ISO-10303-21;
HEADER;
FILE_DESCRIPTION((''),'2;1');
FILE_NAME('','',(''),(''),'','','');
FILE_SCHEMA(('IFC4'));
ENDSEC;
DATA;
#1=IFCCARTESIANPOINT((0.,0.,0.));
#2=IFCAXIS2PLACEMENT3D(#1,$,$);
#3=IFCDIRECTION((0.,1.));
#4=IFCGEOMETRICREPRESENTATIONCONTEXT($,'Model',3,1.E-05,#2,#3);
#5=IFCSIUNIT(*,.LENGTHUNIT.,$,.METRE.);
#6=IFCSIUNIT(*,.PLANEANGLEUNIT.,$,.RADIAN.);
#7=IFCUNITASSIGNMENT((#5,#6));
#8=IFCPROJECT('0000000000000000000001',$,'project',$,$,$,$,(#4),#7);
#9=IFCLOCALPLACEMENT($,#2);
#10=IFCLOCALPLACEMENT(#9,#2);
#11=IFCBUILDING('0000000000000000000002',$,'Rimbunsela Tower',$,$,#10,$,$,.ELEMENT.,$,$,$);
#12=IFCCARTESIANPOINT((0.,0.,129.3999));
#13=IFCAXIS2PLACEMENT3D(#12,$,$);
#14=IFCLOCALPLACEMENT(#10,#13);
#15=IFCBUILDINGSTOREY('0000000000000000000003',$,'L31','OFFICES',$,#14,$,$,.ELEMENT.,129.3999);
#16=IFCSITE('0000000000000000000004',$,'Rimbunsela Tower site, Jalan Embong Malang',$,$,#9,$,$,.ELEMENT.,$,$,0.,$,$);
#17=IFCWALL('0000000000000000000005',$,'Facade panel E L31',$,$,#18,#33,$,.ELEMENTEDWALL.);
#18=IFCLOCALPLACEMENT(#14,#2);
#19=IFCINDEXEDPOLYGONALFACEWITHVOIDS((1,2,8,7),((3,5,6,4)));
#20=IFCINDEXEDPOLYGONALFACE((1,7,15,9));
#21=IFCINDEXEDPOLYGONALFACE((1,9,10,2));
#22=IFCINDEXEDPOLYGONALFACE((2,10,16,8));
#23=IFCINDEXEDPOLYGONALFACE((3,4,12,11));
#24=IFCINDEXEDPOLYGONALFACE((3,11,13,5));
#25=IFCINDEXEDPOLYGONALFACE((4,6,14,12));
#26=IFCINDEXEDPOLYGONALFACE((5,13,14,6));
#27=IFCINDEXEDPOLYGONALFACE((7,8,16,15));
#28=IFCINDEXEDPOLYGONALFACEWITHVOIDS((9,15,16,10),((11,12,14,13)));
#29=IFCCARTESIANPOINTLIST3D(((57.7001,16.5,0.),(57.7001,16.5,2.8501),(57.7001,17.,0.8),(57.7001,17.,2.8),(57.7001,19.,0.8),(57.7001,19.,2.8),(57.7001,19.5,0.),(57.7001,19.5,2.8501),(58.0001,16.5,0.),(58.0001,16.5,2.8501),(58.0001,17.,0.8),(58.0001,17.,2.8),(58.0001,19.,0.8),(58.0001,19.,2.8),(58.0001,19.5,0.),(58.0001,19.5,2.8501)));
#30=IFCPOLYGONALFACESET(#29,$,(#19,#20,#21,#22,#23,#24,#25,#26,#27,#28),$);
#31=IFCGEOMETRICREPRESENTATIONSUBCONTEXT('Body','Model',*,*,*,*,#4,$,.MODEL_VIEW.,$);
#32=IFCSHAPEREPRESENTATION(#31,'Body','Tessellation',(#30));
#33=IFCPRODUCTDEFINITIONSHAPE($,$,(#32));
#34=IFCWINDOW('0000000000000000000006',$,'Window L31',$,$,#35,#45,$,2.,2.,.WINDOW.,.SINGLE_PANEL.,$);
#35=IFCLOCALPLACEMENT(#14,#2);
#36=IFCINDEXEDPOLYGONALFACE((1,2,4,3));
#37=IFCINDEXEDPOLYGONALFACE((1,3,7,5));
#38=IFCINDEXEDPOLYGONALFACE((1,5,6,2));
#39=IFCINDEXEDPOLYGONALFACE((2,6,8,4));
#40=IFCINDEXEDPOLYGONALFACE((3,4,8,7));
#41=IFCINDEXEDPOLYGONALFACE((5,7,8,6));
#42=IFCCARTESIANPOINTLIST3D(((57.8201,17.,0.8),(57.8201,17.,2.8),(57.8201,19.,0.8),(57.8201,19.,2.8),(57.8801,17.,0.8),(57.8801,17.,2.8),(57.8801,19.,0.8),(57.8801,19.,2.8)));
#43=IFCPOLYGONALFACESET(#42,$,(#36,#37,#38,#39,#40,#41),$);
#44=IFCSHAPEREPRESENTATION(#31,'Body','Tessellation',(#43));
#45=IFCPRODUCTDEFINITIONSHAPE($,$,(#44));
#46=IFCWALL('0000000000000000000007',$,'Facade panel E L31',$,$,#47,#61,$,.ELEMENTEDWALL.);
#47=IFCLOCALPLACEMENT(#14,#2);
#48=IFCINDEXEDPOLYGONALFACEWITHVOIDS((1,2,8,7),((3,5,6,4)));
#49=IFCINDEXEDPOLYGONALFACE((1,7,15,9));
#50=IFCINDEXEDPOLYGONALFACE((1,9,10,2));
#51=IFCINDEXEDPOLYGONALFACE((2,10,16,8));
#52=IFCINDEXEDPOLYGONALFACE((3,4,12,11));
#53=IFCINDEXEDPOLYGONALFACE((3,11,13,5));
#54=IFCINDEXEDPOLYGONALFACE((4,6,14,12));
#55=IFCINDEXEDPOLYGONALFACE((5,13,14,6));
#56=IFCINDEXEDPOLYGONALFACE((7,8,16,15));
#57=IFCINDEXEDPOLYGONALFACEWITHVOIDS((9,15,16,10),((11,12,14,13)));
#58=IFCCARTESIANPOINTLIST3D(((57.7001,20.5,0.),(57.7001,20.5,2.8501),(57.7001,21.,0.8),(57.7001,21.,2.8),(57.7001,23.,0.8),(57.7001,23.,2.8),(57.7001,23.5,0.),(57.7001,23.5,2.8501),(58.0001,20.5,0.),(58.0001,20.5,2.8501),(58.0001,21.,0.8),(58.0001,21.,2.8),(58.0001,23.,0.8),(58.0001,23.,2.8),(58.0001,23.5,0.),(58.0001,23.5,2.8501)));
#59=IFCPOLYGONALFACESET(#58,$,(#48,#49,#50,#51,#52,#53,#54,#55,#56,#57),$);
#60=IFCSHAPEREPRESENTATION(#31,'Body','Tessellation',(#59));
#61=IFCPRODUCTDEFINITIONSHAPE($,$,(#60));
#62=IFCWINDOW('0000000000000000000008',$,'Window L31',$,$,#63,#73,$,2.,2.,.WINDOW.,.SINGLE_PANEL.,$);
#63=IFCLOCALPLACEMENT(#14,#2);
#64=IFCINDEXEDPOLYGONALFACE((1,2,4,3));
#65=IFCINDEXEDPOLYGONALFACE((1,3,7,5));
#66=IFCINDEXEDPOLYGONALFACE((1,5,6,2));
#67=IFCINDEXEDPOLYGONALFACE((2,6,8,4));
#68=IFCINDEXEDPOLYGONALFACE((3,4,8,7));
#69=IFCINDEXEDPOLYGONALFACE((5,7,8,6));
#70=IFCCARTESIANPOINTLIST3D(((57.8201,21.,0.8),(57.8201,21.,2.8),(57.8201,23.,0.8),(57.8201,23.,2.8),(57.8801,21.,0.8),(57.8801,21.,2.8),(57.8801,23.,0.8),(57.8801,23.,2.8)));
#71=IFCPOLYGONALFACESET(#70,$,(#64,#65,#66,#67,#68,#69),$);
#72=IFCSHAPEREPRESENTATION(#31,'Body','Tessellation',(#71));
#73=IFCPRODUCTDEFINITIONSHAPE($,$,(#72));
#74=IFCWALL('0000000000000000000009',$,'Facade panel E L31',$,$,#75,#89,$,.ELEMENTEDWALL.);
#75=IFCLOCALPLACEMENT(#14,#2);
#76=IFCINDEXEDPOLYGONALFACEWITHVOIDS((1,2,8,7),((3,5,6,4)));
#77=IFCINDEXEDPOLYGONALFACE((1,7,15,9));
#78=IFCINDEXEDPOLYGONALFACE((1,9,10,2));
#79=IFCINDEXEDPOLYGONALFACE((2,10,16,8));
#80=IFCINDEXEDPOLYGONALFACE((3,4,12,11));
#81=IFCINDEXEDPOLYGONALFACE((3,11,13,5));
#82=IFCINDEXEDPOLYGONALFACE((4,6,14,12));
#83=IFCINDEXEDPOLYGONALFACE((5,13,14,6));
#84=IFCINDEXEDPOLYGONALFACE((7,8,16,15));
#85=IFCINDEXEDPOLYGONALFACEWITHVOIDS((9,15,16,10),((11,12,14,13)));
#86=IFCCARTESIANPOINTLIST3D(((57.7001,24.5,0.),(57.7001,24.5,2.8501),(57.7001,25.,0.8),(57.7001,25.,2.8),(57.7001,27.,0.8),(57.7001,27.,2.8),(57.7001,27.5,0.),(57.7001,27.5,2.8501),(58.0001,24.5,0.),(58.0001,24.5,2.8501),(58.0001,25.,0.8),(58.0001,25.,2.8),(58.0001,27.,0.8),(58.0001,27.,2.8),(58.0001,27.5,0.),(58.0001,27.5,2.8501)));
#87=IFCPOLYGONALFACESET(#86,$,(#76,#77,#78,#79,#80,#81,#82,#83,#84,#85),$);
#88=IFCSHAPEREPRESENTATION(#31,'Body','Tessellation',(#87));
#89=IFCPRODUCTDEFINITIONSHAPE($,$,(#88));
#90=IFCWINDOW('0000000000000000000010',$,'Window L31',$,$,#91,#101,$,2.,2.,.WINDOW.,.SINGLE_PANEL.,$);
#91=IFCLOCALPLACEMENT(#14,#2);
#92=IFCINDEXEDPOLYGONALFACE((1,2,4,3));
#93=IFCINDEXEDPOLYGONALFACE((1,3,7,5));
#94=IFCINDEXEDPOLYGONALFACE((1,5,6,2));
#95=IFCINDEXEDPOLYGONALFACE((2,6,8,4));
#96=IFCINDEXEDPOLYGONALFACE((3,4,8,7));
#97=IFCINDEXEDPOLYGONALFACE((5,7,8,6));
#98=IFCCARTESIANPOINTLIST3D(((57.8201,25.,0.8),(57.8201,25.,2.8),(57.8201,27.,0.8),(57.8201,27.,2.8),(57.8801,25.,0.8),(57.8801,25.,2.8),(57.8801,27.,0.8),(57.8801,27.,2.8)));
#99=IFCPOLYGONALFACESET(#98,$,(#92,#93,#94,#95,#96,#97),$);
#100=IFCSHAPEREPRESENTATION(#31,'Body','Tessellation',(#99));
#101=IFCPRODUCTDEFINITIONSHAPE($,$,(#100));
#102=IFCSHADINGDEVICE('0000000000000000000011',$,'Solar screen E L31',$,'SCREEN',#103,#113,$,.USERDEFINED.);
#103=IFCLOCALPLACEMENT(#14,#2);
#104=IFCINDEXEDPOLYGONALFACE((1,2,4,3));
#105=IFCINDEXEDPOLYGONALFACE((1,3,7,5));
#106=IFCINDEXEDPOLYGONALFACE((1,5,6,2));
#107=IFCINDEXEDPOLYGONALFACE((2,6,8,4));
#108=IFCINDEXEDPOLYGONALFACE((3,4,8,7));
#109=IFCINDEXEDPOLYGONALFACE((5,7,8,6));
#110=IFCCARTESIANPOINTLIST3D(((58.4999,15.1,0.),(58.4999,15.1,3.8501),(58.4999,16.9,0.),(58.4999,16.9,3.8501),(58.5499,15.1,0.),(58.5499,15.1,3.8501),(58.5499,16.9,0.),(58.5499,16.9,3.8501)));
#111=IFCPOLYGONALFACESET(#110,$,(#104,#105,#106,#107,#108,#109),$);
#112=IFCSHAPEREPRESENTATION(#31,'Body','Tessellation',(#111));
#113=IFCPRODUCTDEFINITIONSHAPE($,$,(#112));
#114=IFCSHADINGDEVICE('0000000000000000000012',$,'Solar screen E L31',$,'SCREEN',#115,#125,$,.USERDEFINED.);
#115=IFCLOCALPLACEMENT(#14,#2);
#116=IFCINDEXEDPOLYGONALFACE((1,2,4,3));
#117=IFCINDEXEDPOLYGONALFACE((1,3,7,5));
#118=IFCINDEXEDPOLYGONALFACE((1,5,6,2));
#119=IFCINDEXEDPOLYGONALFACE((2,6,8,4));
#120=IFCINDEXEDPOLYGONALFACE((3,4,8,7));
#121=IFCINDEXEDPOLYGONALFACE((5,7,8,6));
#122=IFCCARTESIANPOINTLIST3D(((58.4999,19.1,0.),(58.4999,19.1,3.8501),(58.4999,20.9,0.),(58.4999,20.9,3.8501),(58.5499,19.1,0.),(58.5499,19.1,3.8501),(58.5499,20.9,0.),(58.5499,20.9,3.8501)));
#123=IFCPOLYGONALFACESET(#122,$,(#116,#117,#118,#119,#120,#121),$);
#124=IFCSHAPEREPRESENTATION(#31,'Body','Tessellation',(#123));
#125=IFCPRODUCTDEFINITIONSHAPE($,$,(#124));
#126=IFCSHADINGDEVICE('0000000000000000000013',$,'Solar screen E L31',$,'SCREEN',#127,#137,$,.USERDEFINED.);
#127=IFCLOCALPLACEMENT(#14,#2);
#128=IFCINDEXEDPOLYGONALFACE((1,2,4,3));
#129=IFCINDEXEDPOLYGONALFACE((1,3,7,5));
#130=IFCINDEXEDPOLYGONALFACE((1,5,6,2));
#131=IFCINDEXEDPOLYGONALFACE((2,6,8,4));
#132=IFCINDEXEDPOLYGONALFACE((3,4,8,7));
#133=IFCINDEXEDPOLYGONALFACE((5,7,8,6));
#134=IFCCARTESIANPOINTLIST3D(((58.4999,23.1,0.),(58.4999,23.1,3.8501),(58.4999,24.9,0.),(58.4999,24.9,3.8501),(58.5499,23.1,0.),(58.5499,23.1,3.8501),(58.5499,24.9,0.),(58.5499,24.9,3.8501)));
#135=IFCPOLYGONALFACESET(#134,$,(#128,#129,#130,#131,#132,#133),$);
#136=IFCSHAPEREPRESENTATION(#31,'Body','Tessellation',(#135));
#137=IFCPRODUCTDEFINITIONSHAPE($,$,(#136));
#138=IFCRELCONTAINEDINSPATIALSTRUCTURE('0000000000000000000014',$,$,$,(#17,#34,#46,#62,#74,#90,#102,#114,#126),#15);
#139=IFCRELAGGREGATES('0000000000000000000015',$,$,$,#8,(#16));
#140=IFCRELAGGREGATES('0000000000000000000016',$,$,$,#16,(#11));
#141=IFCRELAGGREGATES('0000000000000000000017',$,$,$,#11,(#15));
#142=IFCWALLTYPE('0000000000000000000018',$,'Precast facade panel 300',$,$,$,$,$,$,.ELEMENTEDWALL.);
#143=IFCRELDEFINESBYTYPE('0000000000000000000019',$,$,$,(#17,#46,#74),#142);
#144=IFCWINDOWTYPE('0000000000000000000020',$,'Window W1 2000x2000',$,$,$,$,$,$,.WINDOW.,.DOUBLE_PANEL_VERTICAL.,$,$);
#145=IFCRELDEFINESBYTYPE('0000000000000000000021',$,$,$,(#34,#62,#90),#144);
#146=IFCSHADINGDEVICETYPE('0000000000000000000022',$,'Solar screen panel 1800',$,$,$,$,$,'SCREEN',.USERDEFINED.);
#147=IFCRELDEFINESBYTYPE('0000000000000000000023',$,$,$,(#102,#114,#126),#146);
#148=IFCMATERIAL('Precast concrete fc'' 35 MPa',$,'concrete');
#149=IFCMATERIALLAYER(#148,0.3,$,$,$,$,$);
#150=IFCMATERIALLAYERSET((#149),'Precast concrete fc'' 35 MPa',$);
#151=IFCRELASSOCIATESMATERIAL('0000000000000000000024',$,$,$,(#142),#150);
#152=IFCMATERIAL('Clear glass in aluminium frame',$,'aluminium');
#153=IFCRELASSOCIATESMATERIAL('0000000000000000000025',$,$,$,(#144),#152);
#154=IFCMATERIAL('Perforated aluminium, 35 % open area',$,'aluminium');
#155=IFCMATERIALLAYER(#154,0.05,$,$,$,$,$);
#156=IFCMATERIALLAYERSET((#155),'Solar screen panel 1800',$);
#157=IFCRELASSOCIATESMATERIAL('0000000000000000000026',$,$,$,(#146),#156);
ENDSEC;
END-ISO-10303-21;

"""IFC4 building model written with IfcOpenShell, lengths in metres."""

from ifc_helpers import new_model, si_unit, direction, frame, frame_2d, origin, origin_2d, place, context, subcontext, project, spatial, rectangle, extrude, material, layer, layer_set, type_object, element, fill, save


model = new_model("IFC4")

# Units and contexts
model_context = context("Model", 3, precision=1e-05, world=origin(), true_north=direction((0.0, 1.0)))
body_context = subcontext(model_context, "Body", "Model", "MODEL_VIEW")
ifc_project = project(units=[si_unit("LENGTHUNIT", "METRE"), si_unit("PLANEANGLEUNIT", "RADIAN")], contexts=[model_context])

# Site, building, storey
site_placement = place(None, origin())
site = spatial("IfcSite", under=ifc_project, at=site_placement, Name="Rimbunsela Tower site, Jalan Embong Malang", CompositionType="ELEMENT", RefElevation=0.0)
building_placement = place(site_placement, origin())
building = spatial("IfcBuilding", under=site, at=building_placement, Name="Rimbunsela Tower", CompositionType="ELEMENT")
storey_placement = place(building_placement, frame((0.0, 0.0, 129.3999)))
storey = spatial("IfcBuildingStorey", under=building, at=storey_placement, Name="L31", Description="OFFICES", CompositionType="ELEMENT", Elevation=129.3999)

# Walls, openings, windows
ifc_material_1 = material(Name="Precast concrete fc' 35 MPa", Category="concrete")
ifc_layer_1 = layer(ifc_material_1, 0.3)
ifc_layer_set_1 = layer_set([ifc_layer_1], Name="Precast concrete fc' 35 MPa")
wall_type_1 = type_object("IfcWallType", Name="Precast facade panel 300", PredefinedType="ELEMENTEDWALL", material=ifc_layer_set_1)
wall_1_placement = place(storey_placement, frame((57.8501, 16.5, 0.0), z_axis=(0.0, 0.0, 1.0), x_axis=(0.0, 1.0, 0.0)))
wall_1 = element("IfcWall", 1, at=wall_1_placement, inside=storey, type_object=wall_type_1, Name="Facade panel E L31", PredefinedType="ELEMENTEDWALL", context=body_context, shape_type="SweptSolid", body=[
    extrude(rectangle(XDim=3.0, YDim=0.3, at=frame_2d((1.5, 0.0))), origin(), (0.0, 0.0, 1.0), 2.8501),
])
opening_1_placement = place(wall_1_placement, frame((0.5, 0.0, 0.8)))
opening_1 = element("IfcOpeningElement", 2, at=opening_1_placement, cuts=wall_1, PredefinedType="OPENING", context=body_context, shape_type="SweptSolid", body=[
    extrude(rectangle(XDim=2.0, YDim=2.0, at=frame_2d((1.0, 1.0))), frame((0.0, 0.1599, 0.0), z_axis=(0.0, -1.0, 0.0), x_axis=(1.0, 0.0, 0.0)), (0.0, 0.0, 1.0), 0.3201),
])
ifc_material_2 = material(Name="Clear glass in aluminium frame", Category="aluminium")
window_type = type_object("IfcWindowType", Name="Window W1 2000x2000", PartitioningType="DOUBLE_PANEL_VERTICAL", PredefinedType="WINDOW", material=ifc_material_2)
window_1_placement = place(opening_1_placement, origin())
window_1 = element("IfcWindow", 3, at=window_1_placement, inside=storey, type_object=window_type, Name="Window L31", OverallHeight=2.0, OverallWidth=2.0, PartitioningType="SINGLE_PANEL", PredefinedType="WINDOW", context=body_context, shape_type="SweptSolid", body=[
    extrude(rectangle(XDim=2.0, YDim=2.0, at=frame_2d((1.0, 1.0))), frame((0.0, 0.03, 0.0), z_axis=(0.0, -1.0, 0.0), x_axis=(1.0, 0.0, 0.0)), (0.0, 0.0, 1.0), 0.0601),
])
fill(opening_1, window_1)
wall_2_placement = place(storey_placement, frame((57.8501, 20.5, 0.0), z_axis=(0.0, 0.0, 1.0), x_axis=(0.0, 1.0, 0.0)))
wall_2 = element("IfcWall", 4, at=wall_2_placement, inside=storey, type_object=wall_type_1, Name="Facade panel E L31", PredefinedType="ELEMENTEDWALL", context=body_context, shape_type="SweptSolid", body=[
    extrude(rectangle(XDim=3.0, YDim=0.3, at=frame_2d((1.5, 0.0))), origin(), (0.0, 0.0, 1.0), 2.8501),
])
opening_2_placement = place(wall_2_placement, frame((0.5, 0.0, 0.8)))
opening_2 = element("IfcOpeningElement", 5, at=opening_2_placement, cuts=wall_2, PredefinedType="OPENING", context=body_context, shape_type="SweptSolid", body=[
    extrude(rectangle(XDim=2.0, YDim=2.0, at=frame_2d((1.0, 1.0))), frame((0.0, 0.1599, 0.0), z_axis=(0.0, -1.0, 0.0), x_axis=(1.0, 0.0, 0.0)), (0.0, 0.0, 1.0), 0.3201),
])
window_2_placement = place(opening_2_placement, origin())
window_2 = element("IfcWindow", 6, at=window_2_placement, inside=storey, type_object=window_type, Name="Window L31", OverallHeight=2.0, OverallWidth=2.0, PartitioningType="SINGLE_PANEL", PredefinedType="WINDOW", context=body_context, shape_type="SweptSolid", body=[
    extrude(rectangle(XDim=2.0, YDim=2.0, at=frame_2d((1.0, 1.0))), frame((0.0, 0.03, 0.0), z_axis=(0.0, -1.0, 0.0), x_axis=(1.0, 0.0, 0.0)), (0.0, 0.0, 1.0), 0.0601),
])
fill(opening_2, window_2)
wall_3_placement = place(storey_placement, frame((57.8501, 24.5, 0.0), z_axis=(0.0, 0.0, 1.0), x_axis=(0.0, 1.0, 0.0)))
wall_3 = element("IfcWall", 7, at=wall_3_placement, inside=storey, type_object=wall_type_1, Name="Facade panel E L31", PredefinedType="ELEMENTEDWALL", context=body_context, shape_type="SweptSolid", body=[
    extrude(rectangle(XDim=3.0, YDim=0.3, at=frame_2d((1.5, 0.0))), origin(), (0.0, 0.0, 1.0), 2.8501),
])
opening_3_placement = place(wall_3_placement, frame((0.5, 0.0, 0.8)))
opening_3 = element("IfcOpeningElement", 8, at=opening_3_placement, cuts=wall_3, PredefinedType="OPENING", context=body_context, shape_type="SweptSolid", body=[
    extrude(rectangle(XDim=2.0, YDim=2.0, at=frame_2d((1.0, 1.0))), frame((0.0, 0.1599, 0.0), z_axis=(0.0, -1.0, 0.0), x_axis=(1.0, 0.0, 0.0)), (0.0, 0.0, 1.0), 0.3201),
])
window_3_placement = place(opening_3_placement, origin())
window_3 = element("IfcWindow", 9, at=window_3_placement, inside=storey, type_object=window_type, Name="Window L31", OverallHeight=2.0, OverallWidth=2.0, PartitioningType="SINGLE_PANEL", PredefinedType="WINDOW", context=body_context, shape_type="SweptSolid", body=[
    extrude(rectangle(XDim=2.0, YDim=2.0, at=frame_2d((1.0, 1.0))), frame((0.0, 0.03, 0.0), z_axis=(0.0, -1.0, 0.0), x_axis=(1.0, 0.0, 0.0)), (0.0, 0.0, 1.0), 0.0601),
])
fill(opening_3, window_3)

# Shading devices
ifc_material_3 = material(Name="Perforated aluminium, 35 % open area", Category="aluminium")
ifc_layer_2 = layer(ifc_material_3, 0.05)
ifc_layer_set_2 = layer_set([ifc_layer_2], Name="Solar screen panel 1800")
shading_device_type = type_object("IfcShadingDeviceType", Name="Solar screen panel 1800", ElementType="SCREEN", PredefinedType="USERDEFINED", material=ifc_layer_set_2)
for number, where, z_axis, x_axis, name in (
    (10, (58.5249, 16.0, 0.0), (0.0, 0.0, 1.0), (0.0, 1.0, 0.0), "Solar screen E L31"),
    (11, (58.5249, 20.0, 0.0), (0.0, 0.0, 1.0), (0.0, 1.0, 0.0), "Solar screen E L31"),
    (12, (58.5249, 24.0, 0.0), (0.0, 0.0, 1.0), (0.0, 1.0, 0.0), "Solar screen E L31"),
):
    element("IfcShadingDevice", number, at=place(storey_placement, frame(where, z_axis=z_axis, x_axis=x_axis)), inside=storey, type_object=shading_device_type, Name=name, ObjectType="SCREEN", PredefinedType="USERDEFINED", context=body_context, shape_type="SweptSolid", body=[
        extrude(rectangle(XDim=1.8, YDim=0.05, at=origin_2d()), origin(), (0.0, 0.0, 1.0), 3.8501),
    ])

save(model, "model.ifc")
